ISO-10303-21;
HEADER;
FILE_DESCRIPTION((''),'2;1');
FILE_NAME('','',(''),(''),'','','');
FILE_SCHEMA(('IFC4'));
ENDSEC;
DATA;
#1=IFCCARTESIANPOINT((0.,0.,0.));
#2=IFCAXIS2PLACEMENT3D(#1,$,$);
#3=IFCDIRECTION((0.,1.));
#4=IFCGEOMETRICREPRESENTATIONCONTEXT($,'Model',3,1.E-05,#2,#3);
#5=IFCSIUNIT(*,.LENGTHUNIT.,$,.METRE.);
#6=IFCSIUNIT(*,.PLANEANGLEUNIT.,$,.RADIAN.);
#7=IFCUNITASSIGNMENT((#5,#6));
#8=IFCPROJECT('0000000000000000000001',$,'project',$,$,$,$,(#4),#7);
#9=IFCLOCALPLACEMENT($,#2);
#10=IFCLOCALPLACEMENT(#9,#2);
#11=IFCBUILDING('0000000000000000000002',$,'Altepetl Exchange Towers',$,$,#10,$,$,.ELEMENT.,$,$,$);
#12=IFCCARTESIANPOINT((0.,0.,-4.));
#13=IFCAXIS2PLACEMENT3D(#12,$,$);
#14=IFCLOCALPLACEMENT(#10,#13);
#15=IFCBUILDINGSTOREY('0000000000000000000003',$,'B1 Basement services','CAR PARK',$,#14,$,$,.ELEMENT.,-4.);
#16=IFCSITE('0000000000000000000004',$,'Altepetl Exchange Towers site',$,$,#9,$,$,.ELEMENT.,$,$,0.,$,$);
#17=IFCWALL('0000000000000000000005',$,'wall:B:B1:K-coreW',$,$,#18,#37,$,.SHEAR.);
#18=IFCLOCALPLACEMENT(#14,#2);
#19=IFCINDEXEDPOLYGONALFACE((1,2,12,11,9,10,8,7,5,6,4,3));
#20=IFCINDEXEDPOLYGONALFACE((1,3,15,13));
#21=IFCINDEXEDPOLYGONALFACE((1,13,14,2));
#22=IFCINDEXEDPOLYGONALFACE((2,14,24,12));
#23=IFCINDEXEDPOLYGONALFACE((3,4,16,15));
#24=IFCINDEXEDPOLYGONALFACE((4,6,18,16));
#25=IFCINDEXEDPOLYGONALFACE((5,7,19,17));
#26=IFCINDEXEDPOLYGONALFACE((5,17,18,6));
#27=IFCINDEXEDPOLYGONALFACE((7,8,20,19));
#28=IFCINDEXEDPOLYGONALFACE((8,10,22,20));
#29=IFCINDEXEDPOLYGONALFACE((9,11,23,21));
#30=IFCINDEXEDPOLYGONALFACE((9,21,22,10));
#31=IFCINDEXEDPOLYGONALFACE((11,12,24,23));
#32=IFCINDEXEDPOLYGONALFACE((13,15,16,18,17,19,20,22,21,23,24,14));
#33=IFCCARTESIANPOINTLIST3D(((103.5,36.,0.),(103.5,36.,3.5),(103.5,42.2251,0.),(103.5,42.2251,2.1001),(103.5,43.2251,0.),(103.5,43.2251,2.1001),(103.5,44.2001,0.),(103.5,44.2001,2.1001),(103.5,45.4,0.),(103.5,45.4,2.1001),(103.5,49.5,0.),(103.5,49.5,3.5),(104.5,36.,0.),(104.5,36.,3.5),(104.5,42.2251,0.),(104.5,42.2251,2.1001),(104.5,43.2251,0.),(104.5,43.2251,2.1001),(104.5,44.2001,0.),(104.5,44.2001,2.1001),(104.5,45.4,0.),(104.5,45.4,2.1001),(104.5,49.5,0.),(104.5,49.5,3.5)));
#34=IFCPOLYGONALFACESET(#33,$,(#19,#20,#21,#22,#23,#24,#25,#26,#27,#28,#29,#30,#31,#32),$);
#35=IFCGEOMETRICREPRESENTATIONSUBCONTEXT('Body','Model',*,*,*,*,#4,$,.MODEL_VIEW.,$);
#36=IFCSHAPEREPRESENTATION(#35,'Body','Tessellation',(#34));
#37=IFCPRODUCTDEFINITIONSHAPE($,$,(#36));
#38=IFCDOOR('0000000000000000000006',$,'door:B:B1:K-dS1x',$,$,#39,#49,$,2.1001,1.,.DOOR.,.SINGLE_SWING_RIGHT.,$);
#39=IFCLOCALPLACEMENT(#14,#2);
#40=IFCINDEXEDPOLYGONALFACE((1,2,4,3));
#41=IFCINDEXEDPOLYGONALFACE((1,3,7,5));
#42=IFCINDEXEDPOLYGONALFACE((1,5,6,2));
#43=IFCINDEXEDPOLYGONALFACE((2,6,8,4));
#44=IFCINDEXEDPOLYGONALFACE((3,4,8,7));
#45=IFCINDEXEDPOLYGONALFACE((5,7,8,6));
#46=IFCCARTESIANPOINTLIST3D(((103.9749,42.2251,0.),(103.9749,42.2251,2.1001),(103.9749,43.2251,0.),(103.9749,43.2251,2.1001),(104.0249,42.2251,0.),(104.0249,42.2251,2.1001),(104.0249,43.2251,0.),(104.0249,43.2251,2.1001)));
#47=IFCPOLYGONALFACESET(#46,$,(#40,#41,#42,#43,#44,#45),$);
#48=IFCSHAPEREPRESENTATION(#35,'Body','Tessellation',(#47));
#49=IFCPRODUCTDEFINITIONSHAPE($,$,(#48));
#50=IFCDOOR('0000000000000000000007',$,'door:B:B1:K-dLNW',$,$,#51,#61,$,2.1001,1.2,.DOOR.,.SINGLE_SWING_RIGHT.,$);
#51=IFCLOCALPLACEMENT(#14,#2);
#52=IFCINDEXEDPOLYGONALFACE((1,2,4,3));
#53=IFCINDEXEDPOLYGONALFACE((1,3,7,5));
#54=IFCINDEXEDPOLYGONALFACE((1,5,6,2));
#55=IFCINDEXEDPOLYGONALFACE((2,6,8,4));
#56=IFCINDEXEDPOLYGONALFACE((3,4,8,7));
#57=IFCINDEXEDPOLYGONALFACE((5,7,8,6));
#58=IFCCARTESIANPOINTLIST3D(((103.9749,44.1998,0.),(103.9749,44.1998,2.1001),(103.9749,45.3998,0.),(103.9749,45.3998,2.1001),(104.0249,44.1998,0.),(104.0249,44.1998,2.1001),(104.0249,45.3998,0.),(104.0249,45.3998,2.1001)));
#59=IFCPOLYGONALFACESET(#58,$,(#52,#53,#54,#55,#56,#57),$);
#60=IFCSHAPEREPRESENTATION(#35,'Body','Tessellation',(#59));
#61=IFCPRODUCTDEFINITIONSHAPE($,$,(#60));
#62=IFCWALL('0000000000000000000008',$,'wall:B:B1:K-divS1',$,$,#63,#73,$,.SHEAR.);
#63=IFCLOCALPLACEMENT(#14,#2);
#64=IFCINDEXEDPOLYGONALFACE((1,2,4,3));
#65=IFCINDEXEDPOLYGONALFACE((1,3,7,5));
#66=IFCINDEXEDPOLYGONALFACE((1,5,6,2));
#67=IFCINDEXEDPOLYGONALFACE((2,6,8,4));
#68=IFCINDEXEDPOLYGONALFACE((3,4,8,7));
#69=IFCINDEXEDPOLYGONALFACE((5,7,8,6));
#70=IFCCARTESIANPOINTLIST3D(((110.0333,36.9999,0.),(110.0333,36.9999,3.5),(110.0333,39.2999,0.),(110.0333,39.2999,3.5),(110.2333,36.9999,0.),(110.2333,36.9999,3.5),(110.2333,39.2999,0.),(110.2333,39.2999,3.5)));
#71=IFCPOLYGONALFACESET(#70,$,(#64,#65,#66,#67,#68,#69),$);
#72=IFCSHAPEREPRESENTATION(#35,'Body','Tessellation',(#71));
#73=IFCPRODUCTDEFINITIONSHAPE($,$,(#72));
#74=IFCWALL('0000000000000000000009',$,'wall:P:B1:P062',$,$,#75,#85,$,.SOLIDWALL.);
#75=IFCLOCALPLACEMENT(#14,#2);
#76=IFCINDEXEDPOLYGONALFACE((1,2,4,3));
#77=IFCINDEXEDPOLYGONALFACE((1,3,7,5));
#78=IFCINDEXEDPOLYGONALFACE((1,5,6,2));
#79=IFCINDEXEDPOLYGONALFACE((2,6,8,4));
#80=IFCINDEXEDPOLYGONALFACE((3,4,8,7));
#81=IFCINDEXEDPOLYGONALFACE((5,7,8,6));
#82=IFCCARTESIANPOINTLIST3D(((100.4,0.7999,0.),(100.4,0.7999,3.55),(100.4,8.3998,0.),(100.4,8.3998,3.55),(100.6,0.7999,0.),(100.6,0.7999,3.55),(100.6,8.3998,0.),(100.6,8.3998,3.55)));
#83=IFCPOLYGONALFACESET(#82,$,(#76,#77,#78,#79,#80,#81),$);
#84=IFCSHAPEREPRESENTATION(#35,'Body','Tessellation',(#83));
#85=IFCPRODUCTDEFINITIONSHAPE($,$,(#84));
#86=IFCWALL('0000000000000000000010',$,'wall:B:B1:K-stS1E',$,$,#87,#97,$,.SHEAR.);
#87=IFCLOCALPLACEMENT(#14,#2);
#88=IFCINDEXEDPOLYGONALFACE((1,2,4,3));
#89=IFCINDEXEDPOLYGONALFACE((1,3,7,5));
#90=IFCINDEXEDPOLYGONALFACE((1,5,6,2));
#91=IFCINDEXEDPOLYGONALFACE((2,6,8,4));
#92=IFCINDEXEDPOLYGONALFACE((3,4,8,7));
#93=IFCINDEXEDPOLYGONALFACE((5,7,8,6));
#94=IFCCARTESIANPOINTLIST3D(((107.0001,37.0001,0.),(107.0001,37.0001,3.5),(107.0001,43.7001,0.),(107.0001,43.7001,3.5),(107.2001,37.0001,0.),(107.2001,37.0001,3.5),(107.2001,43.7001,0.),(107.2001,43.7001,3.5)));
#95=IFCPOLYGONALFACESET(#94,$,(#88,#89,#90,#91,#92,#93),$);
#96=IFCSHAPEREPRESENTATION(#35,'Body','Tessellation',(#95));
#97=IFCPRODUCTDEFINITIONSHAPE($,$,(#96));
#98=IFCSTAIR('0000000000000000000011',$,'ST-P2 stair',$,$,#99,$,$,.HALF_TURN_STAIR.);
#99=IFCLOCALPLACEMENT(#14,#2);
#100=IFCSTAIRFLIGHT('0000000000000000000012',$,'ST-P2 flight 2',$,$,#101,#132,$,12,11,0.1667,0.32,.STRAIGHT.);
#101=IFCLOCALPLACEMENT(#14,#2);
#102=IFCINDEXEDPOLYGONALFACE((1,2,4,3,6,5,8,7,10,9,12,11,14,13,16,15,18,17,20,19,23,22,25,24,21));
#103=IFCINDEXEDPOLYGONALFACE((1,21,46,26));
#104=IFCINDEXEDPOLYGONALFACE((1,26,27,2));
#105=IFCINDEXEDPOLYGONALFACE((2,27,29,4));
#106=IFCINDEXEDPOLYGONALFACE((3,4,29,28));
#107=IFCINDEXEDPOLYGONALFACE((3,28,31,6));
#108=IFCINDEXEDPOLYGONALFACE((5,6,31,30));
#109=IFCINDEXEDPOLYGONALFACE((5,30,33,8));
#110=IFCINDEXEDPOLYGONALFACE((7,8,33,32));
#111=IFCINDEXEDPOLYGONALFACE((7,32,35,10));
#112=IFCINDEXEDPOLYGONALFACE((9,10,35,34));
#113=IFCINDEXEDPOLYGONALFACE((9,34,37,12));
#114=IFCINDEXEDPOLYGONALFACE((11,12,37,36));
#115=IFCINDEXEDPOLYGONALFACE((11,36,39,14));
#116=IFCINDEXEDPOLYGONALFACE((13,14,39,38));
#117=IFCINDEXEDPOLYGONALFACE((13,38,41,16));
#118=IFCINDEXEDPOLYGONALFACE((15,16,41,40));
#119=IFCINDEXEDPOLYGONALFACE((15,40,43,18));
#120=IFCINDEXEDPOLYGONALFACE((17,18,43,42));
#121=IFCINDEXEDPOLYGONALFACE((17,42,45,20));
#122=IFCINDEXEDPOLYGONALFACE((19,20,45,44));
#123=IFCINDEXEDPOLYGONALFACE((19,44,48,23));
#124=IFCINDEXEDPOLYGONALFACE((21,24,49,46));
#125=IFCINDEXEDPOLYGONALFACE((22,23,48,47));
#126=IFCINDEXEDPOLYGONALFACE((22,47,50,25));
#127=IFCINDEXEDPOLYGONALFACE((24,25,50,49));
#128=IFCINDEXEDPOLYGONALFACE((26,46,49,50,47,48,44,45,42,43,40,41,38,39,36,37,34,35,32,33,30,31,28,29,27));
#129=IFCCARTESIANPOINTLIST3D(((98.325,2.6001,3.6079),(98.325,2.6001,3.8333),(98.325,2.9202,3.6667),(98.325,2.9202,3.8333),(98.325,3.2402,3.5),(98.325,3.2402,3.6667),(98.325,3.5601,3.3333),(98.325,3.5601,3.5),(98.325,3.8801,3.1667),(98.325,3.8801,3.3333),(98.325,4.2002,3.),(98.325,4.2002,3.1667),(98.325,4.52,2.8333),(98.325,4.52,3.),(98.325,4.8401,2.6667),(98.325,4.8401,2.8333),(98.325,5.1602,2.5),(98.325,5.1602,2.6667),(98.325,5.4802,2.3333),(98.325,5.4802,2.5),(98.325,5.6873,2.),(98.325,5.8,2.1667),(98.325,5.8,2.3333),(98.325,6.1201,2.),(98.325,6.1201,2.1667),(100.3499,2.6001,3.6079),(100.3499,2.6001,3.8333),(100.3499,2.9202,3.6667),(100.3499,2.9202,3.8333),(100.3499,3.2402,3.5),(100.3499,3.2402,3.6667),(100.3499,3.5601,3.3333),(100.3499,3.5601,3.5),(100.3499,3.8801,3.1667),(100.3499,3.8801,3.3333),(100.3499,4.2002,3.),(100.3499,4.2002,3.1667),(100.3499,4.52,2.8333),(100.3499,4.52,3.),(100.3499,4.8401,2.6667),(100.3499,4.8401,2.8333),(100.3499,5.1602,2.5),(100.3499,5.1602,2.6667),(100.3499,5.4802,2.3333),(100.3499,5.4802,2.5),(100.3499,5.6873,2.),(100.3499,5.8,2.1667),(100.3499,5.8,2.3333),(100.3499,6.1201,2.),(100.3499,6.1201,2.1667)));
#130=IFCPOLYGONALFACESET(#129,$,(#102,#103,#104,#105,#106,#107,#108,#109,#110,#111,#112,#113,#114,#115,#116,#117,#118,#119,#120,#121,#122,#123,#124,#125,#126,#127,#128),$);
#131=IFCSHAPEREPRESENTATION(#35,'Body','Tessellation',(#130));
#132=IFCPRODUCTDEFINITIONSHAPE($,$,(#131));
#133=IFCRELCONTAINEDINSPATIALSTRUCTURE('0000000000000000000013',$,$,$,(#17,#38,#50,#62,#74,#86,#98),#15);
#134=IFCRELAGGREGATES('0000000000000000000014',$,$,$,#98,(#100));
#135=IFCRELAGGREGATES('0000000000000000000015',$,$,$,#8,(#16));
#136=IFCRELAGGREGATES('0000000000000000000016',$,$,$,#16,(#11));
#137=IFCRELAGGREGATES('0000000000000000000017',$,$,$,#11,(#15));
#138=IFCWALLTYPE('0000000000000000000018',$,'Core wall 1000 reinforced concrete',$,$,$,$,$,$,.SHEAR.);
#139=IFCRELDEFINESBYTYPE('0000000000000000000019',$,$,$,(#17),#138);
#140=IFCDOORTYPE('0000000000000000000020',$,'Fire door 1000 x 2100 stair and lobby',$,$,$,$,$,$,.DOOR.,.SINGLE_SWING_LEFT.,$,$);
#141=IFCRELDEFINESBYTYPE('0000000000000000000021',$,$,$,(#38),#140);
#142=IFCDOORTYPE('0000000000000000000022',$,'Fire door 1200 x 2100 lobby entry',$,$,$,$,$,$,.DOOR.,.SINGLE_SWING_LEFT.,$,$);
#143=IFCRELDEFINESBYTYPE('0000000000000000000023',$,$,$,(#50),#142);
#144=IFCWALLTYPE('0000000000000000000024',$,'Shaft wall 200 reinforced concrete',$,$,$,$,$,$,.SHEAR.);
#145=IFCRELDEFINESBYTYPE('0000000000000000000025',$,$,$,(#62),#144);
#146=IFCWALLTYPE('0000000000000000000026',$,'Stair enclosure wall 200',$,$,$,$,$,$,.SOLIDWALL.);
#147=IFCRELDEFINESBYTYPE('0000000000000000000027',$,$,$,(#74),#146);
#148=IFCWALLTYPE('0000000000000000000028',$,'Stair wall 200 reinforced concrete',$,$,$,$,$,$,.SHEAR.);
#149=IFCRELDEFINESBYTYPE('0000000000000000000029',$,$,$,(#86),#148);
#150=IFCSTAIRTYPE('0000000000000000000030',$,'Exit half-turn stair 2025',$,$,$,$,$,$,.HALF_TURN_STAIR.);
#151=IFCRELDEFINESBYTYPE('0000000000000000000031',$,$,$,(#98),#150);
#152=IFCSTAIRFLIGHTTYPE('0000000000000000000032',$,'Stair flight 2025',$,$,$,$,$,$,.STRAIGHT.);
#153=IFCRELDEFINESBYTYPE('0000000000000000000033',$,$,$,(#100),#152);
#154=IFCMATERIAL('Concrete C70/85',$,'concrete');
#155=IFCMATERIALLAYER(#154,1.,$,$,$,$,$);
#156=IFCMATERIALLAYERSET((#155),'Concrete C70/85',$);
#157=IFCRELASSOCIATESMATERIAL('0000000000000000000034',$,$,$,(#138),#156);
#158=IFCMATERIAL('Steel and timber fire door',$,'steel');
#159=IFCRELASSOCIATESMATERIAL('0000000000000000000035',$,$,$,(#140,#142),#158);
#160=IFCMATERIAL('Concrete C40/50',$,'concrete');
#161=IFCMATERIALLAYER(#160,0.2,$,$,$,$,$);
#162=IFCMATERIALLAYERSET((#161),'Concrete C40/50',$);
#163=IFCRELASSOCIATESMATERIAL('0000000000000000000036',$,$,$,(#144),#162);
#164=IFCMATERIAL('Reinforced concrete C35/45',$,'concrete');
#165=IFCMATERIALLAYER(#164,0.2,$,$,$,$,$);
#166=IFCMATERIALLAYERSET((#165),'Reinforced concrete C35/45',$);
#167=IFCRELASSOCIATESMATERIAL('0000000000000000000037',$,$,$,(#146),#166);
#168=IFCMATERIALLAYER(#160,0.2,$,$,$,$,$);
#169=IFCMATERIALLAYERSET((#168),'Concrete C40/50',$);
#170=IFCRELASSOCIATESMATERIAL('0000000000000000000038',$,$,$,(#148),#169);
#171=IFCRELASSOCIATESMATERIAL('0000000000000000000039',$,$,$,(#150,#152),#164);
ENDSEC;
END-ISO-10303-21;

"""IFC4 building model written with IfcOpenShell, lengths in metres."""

from ifc_helpers import new_model, si_unit, direction, frame, frame_2d, origin, place, context, subcontext, project, spatial, polyline, rectangle, outline, extrude, material, layer, layer_set, type_object, element, fill, aggregate, save


model = new_model("IFC4")

# Units and contexts
model_context = context("Model", 3, precision=1e-05, world=origin(), true_north=direction((0.0, 1.0)))
body_context = subcontext(model_context, "Body", "Model", "MODEL_VIEW")
ifc_project = project(units=[si_unit("LENGTHUNIT", "METRE"), si_unit("PLANEANGLEUNIT", "RADIAN")], contexts=[model_context])

# Site, building, storey
site_placement = place(None, origin())
site = spatial("IfcSite", under=ifc_project, at=site_placement, Name="Altepetl Exchange Towers site", CompositionType="ELEMENT", RefElevation=0.0)
building_placement = place(site_placement, origin())
building = spatial("IfcBuilding", under=site, at=building_placement, Name="Altepetl Exchange Towers", CompositionType="ELEMENT")
storey_placement = place(building_placement, frame((0.0, 0.0, -4.0)))
storey = spatial("IfcBuildingStorey", under=building, at=storey_placement, Name="B1 Basement services", Description="CAR PARK", CompositionType="ELEMENT", Elevation=-4.0)

# Shared definitions
ifc_material_1 = material(Name="Concrete C70/85", Category="concrete")

# Shared definitions
ifc_layer_1 = layer(ifc_material_1, 1.0)
ifc_layer_set_1 = layer_set([ifc_layer_1], Name="Concrete C70/85")
wall_type_1 = type_object("IfcWallType", Name="Core wall 1000 reinforced concrete", PredefinedType="SHEAR", material=ifc_layer_set_1)
ifc_material_2 = material(Name="Steel and timber fire door", Category="steel")
door_type_1 = type_object("IfcDoorType", Name="Fire door 1000 x 2100 stair and lobby", OperationType="SINGLE_SWING_LEFT", PredefinedType="DOOR", material=ifc_material_2)
door_type_2 = type_object("IfcDoorType", Name="Fire door 1200 x 2100 lobby entry", OperationType="SINGLE_SWING_LEFT", PredefinedType="DOOR", material=ifc_material_2)

# Wall, openings, doors
wall_1_placement = place(storey_placement, frame((104.0, 36.0, 0.0), z_axis=(0.0, 0.0, 1.0), x_axis=(0.0, 1.0, 0.0)))
wall_1 = element("IfcWall", 1, at=wall_1_placement, inside=storey, type_object=wall_type_1, Name="wall:B:B1:K-coreW", PredefinedType="SHEAR", context=body_context, shape_type="SweptSolid", body=[
    extrude(rectangle(XDim=13.5, YDim=1.0, at=frame_2d((6.75, 0.0))), origin(), (0.0, 0.0, 1.0), 3.5),
])
opening_1_placement = place(wall_1_placement, frame((8.2, 0.0, 0.0)))
opening_1 = element("IfcOpeningElement", 2, at=opening_1_placement, cuts=wall_1, PredefinedType="OPENING", context=body_context, shape_type="SweptSolid", body=[
    extrude(rectangle(XDim=1.2, YDim=2.1001, at=frame_2d((0.6001, 1.05))), frame((0.0, 0.51, 0.0), z_axis=(0.0, -1.0, 0.0), x_axis=(1.0, 0.0, 0.0)), (0.0, 0.0, 1.0), 1.02),
])
opening_2_placement = place(wall_1_placement, frame((6.2251, 0.0, 0.0)))
opening_2 = element("IfcOpeningElement", 3, at=opening_2_placement, cuts=wall_1, PredefinedType="OPENING", context=body_context, shape_type="SweptSolid", body=[
    extrude(rectangle(XDim=1.0, YDim=2.1001, at=frame_2d((0.5, 1.05))), frame((0.0, 0.51, 0.0), z_axis=(0.0, -1.0, 0.0), x_axis=(1.0, 0.0, 0.0)), (0.0, 0.0, 1.0), 1.02),
])
door_1_placement = place(opening_2_placement, frame((1.0, 0.0, 0.0), x_axis=(-1.0, 0.0, 0.0)))
door_1 = element("IfcDoor", 4, at=door_1_placement, inside=storey, type_object=door_type_1, Name="door:B:B1:K-dS1x", OperationType="SINGLE_SWING_RIGHT", OverallHeight=2.1001, OverallWidth=1.0, PredefinedType="DOOR", context=body_context, shape_type="SweptSolid", body=[
    extrude(rectangle(XDim=1.0, YDim=2.1001, at=frame_2d((0.5, 1.05))), frame((0.0, 0.0249, 0.0), z_axis=(0.0, -1.0, 0.0), x_axis=(1.0, 0.0, 0.0)), (0.0, 0.0, 1.0), 0.05),
])
fill(opening_2, door_1)
door_2_placement = place(opening_1_placement, frame((1.2, 0.0, 0.0), x_axis=(-1.0, 0.0, 0.0)))
door_2 = element("IfcDoor", 5, at=door_2_placement, inside=storey, type_object=door_type_2, Name="door:B:B1:K-dLNW", OperationType="SINGLE_SWING_RIGHT", OverallHeight=2.1001, OverallWidth=1.2, PredefinedType="DOOR", context=body_context, shape_type="SweptSolid", body=[
    extrude(rectangle(XDim=1.2, YDim=2.1001, at=frame_2d((0.6001, 1.05))), frame((0.0, 0.0249, 0.0), z_axis=(0.0, -1.0, 0.0), x_axis=(1.0, 0.0, 0.0)), (0.0, 0.0, 1.0), 0.05),
])
fill(opening_1, door_2)

# Walls
ifc_material_3 = material(Name="Concrete C40/50", Category="concrete")
ifc_layer_2 = layer(ifc_material_3, 0.2)
ifc_layer_set_2 = layer_set([ifc_layer_2], Name="Concrete C40/50")
wall_type_2 = type_object("IfcWallType", Name="Shaft wall 200 reinforced concrete", PredefinedType="SHEAR", material=ifc_layer_set_2)
wall_2_placement = place(storey_placement, frame((110.1333, 37.0, 0.0), z_axis=(0.0, 0.0, 1.0), x_axis=(0.0, 1.0, 0.0)))
element("IfcWall", 6, at=wall_2_placement, inside=storey, type_object=wall_type_2, Name="wall:B:B1:K-divS1", PredefinedType="SHEAR", context=body_context, shape_type="SweptSolid", body=[
    extrude(rectangle(XDim=2.3, YDim=0.2, at=frame_2d((1.1499, 0.0))), origin(), (0.0, 0.0, 1.0), 3.5),
])
ifc_material_4 = material(Name="Reinforced concrete C35/45", Category="concrete")
ifc_layer_3 = layer(ifc_material_4, 0.2)
ifc_layer_set_3 = layer_set([ifc_layer_3], Name="Reinforced concrete C35/45")
wall_type_3 = type_object("IfcWallType", Name="Stair enclosure wall 200", PredefinedType="SOLIDWALL", material=ifc_layer_set_3)
wall_3_placement = place(storey_placement, frame((100.5, 0.8, 0.0), z_axis=(0.0, 0.0, 1.0), x_axis=(0.0, 1.0, 0.0)))
element("IfcWall", 7, at=wall_3_placement, inside=storey, type_object=wall_type_3, Name="wall:P:B1:P062", PredefinedType="SOLIDWALL", context=body_context, shape_type="SweptSolid", body=[
    extrude(rectangle(XDim=7.5999, YDim=0.2, at=frame_2d((3.7998, 0.0))), origin(), (0.0, 0.0, 1.0), 3.55),
])
ifc_layer_4 = layer(ifc_material_3, 0.2)
ifc_layer_set_4 = layer_set([ifc_layer_4], Name="Concrete C40/50")
wall_type_4 = type_object("IfcWallType", Name="Stair wall 200 reinforced concrete", PredefinedType="SHEAR", material=ifc_layer_set_4)
wall_4_placement = place(storey_placement, frame((107.1001, 37.0, 0.0), z_axis=(0.0, 0.0, 1.0), x_axis=(0.0, 1.0, 0.0)))
element("IfcWall", 8, at=wall_4_placement, inside=storey, type_object=wall_type_4, Name="wall:B:B1:K-stS1E", PredefinedType="SHEAR", context=body_context, shape_type="SweptSolid", body=[
    extrude(rectangle(XDim=6.7, YDim=0.2, at=frame_2d((3.3501, 0.0))), origin(), (0.0, 0.0, 1.0), 3.5),
])

# Stair, stair flight
stair_type = type_object("IfcStairType", Name="Exit half-turn stair 2025", PredefinedType="HALF_TURN_STAIR", material=ifc_material_4)
stair_placement = place(storey_placement, origin())
stair = element("IfcStair", 9, at=stair_placement, inside=storey, type_object=stair_type, Name="ST-P2 stair", PredefinedType="HALF_TURN_STAIR")
stair_flight_type = type_object("IfcStairFlightType", Name="Stair flight 2025", PredefinedType="STRAIGHT", material=ifc_material_4)
stair_flight_placement = place(storey_placement, frame((99.3374, 6.1201, 2.0), z_axis=(0.0, 0.0, 1.0), x_axis=(0.0, -1.0, 0.0)))
stair_flight = element("IfcStairFlight", 10, at=stair_flight_placement, type_object=stair_flight_type, Name="ST-P2 flight 2", NumberOfRisers=12, NumberOfTreads=11, PredefinedType="STRAIGHT", RiserHeight=0.1667, TreadLength=0.32, context=body_context, shape_type="SweptSolid", body=[
    extrude(outline(polyline([(0.0, 0.0), (0.0, 0.1667), (0.3201, 0.1667), (0.3201, 0.3333), (0.6399, 0.3333), (0.6399, 0.5), (0.96, 0.5), (0.96, 0.6667), (1.28, 0.6667), (1.28, 0.8333), (1.6001, 0.8333), (1.6001, 1.0), (1.9199, 1.0), (1.9199, 1.1667), (2.24, 1.1667), (2.24, 1.3333), (2.5601, 1.3333), (2.5601, 1.5), (2.8799, 1.5), (2.8799, 1.6667), (3.2, 1.6667), (3.2, 1.8333), (3.52, 1.8333), (3.52, 2.0), (3.52, 1.6079), (0.4329, 0.0), (0.0, 0.0)])), frame((0.0, 1.0125, 0.0), z_axis=(0.0, -1.0, 0.0), x_axis=(1.0, 0.0, 0.0)), (0.0, 0.0, 1.0), 2.0249),
])
aggregate(stair, [stair_flight])

save(model, "model.ifc")
